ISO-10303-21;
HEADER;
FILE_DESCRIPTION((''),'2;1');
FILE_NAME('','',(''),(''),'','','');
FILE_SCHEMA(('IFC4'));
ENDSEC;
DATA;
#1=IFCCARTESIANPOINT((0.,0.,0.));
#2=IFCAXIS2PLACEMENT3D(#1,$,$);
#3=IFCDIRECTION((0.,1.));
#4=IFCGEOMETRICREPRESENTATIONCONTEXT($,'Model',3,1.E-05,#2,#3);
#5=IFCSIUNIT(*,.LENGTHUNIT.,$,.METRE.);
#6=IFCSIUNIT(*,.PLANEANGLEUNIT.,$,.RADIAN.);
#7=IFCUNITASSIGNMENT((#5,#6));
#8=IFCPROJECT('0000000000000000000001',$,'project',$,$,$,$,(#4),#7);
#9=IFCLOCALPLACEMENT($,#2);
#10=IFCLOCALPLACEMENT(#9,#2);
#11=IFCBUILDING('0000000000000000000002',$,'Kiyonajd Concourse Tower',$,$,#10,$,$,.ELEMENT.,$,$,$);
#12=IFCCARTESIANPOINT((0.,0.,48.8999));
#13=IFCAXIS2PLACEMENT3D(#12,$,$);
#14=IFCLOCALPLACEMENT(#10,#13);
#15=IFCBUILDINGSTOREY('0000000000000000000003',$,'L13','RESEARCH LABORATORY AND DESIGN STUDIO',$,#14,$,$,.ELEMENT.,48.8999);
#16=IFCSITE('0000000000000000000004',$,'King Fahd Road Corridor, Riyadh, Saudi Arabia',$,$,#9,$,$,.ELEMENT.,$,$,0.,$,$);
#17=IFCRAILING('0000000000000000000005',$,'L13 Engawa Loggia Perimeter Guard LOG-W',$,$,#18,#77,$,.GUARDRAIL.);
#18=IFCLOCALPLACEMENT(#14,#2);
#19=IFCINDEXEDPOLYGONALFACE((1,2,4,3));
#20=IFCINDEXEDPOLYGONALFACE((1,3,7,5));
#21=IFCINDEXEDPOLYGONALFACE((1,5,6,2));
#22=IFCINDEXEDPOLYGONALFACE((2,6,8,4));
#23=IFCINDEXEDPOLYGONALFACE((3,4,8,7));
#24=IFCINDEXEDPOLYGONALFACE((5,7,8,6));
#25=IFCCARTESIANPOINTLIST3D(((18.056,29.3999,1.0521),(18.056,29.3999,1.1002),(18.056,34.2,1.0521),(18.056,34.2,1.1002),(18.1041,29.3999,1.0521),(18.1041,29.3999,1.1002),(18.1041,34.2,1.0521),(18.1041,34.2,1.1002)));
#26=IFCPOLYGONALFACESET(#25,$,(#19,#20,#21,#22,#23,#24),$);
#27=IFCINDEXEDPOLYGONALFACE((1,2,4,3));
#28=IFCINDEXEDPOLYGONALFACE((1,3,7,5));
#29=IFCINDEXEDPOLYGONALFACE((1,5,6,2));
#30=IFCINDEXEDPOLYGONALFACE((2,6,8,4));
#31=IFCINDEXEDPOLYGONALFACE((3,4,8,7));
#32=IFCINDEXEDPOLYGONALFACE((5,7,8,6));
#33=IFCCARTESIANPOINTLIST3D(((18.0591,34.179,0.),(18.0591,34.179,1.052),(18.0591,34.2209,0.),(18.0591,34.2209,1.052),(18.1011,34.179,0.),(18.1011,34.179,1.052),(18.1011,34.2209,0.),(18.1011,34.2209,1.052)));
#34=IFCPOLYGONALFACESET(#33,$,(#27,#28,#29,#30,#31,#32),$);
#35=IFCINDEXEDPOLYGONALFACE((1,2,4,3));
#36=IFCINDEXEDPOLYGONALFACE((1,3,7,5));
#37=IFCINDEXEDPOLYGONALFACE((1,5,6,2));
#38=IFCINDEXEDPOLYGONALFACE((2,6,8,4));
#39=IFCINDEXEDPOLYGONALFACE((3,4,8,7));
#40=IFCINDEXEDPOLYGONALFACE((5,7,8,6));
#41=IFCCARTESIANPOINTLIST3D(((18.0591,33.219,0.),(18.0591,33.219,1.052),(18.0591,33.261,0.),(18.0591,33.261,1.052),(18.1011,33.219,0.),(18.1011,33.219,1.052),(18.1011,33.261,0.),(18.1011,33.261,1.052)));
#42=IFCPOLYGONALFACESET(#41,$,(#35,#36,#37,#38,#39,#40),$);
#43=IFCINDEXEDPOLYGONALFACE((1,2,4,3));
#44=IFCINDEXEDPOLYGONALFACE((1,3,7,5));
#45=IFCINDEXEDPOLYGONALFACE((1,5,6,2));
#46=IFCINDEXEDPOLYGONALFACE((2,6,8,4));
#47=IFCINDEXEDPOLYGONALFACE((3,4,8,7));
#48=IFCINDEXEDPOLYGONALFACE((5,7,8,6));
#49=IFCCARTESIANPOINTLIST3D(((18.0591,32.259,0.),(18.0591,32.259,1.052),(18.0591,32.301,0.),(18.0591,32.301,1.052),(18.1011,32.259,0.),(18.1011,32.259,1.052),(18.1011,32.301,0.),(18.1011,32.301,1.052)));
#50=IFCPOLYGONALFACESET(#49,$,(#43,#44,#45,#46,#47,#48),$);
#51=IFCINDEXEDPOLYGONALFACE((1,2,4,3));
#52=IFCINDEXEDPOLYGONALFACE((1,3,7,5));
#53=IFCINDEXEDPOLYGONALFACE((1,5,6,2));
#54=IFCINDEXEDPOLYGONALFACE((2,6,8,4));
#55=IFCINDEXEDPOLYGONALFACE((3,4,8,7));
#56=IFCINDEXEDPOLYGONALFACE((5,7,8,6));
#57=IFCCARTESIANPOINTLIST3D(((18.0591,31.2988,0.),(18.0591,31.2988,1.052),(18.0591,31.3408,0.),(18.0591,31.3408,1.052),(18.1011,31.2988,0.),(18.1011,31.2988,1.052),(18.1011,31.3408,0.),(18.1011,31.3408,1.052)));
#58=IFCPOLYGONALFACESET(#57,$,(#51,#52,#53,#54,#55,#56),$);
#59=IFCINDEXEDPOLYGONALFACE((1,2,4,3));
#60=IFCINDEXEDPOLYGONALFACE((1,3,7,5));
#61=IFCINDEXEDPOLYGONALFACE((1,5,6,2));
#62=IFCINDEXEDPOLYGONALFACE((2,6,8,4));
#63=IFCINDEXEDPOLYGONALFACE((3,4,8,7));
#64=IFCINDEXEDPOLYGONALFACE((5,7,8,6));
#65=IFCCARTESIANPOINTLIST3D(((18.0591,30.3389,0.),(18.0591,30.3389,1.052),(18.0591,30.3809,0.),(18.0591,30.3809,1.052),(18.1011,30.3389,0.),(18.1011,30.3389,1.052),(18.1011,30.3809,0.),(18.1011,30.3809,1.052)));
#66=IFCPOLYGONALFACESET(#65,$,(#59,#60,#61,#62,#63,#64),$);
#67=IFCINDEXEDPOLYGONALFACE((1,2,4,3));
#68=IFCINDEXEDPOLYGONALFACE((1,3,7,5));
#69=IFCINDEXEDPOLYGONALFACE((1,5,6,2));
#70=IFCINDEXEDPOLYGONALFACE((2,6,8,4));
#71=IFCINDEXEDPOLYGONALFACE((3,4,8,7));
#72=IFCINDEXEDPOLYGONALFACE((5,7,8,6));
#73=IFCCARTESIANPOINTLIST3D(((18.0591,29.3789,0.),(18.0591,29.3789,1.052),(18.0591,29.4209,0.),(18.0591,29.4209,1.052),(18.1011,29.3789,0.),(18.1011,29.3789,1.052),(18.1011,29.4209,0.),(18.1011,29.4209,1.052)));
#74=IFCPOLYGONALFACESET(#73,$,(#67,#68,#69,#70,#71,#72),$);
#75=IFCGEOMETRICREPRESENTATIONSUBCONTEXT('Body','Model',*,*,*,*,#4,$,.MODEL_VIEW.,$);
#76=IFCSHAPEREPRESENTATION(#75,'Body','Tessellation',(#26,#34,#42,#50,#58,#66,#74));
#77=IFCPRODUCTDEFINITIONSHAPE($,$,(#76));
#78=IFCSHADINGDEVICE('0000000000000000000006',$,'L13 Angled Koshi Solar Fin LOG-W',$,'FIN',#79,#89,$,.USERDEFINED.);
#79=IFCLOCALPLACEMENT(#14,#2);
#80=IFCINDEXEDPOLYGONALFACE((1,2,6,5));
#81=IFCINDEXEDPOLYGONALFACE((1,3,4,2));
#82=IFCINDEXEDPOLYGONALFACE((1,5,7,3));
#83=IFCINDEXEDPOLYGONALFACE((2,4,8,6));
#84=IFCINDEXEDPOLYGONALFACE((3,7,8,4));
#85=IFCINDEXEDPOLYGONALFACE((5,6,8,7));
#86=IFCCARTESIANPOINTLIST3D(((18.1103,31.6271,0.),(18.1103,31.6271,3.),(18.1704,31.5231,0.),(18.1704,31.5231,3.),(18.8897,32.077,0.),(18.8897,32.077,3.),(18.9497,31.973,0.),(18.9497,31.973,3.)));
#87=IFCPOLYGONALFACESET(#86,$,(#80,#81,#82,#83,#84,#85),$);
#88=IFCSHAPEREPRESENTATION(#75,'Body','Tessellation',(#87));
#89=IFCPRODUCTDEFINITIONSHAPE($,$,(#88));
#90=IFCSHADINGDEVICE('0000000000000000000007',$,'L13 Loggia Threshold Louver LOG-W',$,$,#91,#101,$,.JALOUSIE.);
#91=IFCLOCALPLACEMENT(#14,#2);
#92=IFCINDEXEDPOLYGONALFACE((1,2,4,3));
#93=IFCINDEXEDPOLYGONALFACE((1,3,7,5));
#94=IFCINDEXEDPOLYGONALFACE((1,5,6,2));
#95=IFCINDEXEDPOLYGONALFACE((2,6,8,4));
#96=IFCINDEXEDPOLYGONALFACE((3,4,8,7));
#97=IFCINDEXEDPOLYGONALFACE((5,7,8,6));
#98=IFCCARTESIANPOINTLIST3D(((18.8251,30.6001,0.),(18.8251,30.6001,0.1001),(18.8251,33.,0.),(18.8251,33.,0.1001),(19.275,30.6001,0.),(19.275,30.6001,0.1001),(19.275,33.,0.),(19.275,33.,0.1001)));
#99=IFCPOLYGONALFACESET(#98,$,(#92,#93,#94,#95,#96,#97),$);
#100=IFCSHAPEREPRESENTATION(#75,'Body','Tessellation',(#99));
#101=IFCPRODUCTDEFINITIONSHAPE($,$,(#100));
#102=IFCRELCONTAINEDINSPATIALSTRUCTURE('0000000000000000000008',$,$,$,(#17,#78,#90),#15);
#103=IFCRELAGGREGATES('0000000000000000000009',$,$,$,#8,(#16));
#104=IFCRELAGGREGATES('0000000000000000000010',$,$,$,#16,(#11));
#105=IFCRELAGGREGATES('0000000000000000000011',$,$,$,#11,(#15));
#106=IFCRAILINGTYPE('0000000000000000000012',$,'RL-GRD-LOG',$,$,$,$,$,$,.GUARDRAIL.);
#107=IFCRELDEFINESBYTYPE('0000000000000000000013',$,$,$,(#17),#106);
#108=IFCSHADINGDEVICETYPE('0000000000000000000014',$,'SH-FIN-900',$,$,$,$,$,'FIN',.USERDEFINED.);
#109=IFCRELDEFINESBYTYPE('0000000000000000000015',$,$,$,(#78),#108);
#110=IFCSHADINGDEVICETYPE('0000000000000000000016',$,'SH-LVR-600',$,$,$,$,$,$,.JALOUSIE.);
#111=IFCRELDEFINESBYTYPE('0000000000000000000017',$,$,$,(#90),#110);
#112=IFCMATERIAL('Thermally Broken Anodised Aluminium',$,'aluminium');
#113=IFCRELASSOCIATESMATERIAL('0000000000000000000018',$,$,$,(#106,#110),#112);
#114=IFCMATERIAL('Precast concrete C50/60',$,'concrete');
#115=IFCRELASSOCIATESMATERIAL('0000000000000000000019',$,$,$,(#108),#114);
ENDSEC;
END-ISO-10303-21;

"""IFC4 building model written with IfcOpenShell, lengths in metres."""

from ifc_helpers import new_model, si_unit, direction, frame, origin, origin_2d, place, context, subcontext, project, spatial, rectangle, extrude, material, type_object, element, save


model = new_model("IFC4")

# Units and contexts
model_context = context("Model", 3, precision=1e-05, world=origin(), true_north=direction((0.0, 1.0)))
body_context = subcontext(model_context, "Body", "Model", "MODEL_VIEW")
ifc_project = project(units=[si_unit("LENGTHUNIT", "METRE"), si_unit("PLANEANGLEUNIT", "RADIAN")], contexts=[model_context])

# Site, building, storey
site_placement = place(None, origin())
site = spatial("IfcSite", under=ifc_project, at=site_placement, Name="King Fahd Road Corridor, Riyadh, Saudi Arabia", CompositionType="ELEMENT", RefElevation=0.0)
building_placement = place(site_placement, origin())
building = spatial("IfcBuilding", under=site, at=building_placement, Name="Kiyonajd Concourse Tower", CompositionType="ELEMENT")
storey_placement = place(building_placement, frame((0.0, 0.0, 48.8999)))
storey = spatial("IfcBuildingStorey", under=building, at=storey_placement, Name="L13", Description="RESEARCH LABORATORY AND DESIGN STUDIO", CompositionType="ELEMENT", Elevation=48.8999)

# Shared definitions
ifc_material_1 = material(Name="Precast concrete C50/60", Category="concrete")

# Shared definitions
ifc_material_2 = material(Name="Thermally Broken Anodised Aluminium", Category="aluminium")

# Railing
railing_type = type_object("IfcRailingType", Name="RL-GRD-LOG", PredefinedType="GUARDRAIL", material=ifc_material_2)
railing_placement = place(storey_placement, frame((18.0801, 34.2, 0.0)))
element("IfcRailing", 1, at=railing_placement, inside=storey, type_object=railing_type, Name="L13 Engawa Loggia Perimeter Guard LOG-W", PredefinedType="GUARDRAIL", context=body_context, shape_type="SweptSolid", body=[
    extrude(rectangle(XDim=0.0481, YDim=0.0481, at=origin_2d()), frame((0.0, 0.0, 1.0762), z_axis=(0.0, -1.0, 0.0), x_axis=(1.0, 0.0, 0.0)), (0.0, 0.0, 1.0), 4.8),
    extrude(rectangle(XDim=0.042, YDim=0.042, at=origin_2d()), origin(), (0.0, 0.0, 1.0), 1.052),
    extrude(rectangle(XDim=0.042, YDim=0.042, at=origin_2d()), frame((0.0, -0.96, 0.0)), (0.0, 0.0, 1.0), 1.052),
    extrude(rectangle(XDim=0.042, YDim=0.042, at=origin_2d()), frame((0.0, -1.9199, 0.0)), (0.0, 0.0, 1.0), 1.052),
    extrude(rectangle(XDim=0.042, YDim=0.042, at=origin_2d()), frame((0.0, -2.8801, 0.0)), (0.0, 0.0, 1.0), 1.052),
    extrude(rectangle(XDim=0.042, YDim=0.042, at=origin_2d()), frame((0.0, -3.8401, 0.0)), (0.0, 0.0, 1.0), 1.052),
    extrude(rectangle(XDim=0.042, YDim=0.042, at=origin_2d()), frame((0.0, -4.8, 0.0)), (0.0, 0.0, 1.0), 1.052),
])

# Shading devices
shading_device_type_1 = type_object("IfcShadingDeviceType", Name="SH-FIN-900", ElementType="FIN", PredefinedType="USERDEFINED", material=ifc_material_1)
shading_device_1_placement = place(storey_placement, frame((18.53, 31.8, 0.0), z_axis=(0.0, 0.0, 1.0), x_axis=(0.866025, 0.5, 0.0)))
element("IfcShadingDevice", 2, at=shading_device_1_placement, inside=storey, type_object=shading_device_type_1, Name="L13 Angled Koshi Solar Fin LOG-W", ObjectType="FIN", PredefinedType="USERDEFINED", context=body_context, shape_type="SweptSolid", body=[
    extrude(rectangle(XDim=0.8999, YDim=0.1201, at=origin_2d()), origin(), (0.0, 0.0, 1.0), 3.0),
])
shading_device_type_2 = type_object("IfcShadingDeviceType", Name="SH-LVR-600", PredefinedType="JALOUSIE", material=ifc_material_2)
shading_device_2_placement = place(storey_placement, frame((19.05, 31.8, 0.0), z_axis=(0.0, 0.0, 1.0), x_axis=(0.0, 1.0, 0.0)))
element("IfcShadingDevice", 3, at=shading_device_2_placement, inside=storey, type_object=shading_device_type_2, Name="L13 Loggia Threshold Louver LOG-W", PredefinedType="JALOUSIE", context=body_context, shape_type="SweptSolid", body=[
    extrude(rectangle(XDim=2.3999, YDim=0.45, at=origin_2d()), origin(), (0.0, 0.0, 1.0), 0.1001),
])

save(model, "model.ifc")
